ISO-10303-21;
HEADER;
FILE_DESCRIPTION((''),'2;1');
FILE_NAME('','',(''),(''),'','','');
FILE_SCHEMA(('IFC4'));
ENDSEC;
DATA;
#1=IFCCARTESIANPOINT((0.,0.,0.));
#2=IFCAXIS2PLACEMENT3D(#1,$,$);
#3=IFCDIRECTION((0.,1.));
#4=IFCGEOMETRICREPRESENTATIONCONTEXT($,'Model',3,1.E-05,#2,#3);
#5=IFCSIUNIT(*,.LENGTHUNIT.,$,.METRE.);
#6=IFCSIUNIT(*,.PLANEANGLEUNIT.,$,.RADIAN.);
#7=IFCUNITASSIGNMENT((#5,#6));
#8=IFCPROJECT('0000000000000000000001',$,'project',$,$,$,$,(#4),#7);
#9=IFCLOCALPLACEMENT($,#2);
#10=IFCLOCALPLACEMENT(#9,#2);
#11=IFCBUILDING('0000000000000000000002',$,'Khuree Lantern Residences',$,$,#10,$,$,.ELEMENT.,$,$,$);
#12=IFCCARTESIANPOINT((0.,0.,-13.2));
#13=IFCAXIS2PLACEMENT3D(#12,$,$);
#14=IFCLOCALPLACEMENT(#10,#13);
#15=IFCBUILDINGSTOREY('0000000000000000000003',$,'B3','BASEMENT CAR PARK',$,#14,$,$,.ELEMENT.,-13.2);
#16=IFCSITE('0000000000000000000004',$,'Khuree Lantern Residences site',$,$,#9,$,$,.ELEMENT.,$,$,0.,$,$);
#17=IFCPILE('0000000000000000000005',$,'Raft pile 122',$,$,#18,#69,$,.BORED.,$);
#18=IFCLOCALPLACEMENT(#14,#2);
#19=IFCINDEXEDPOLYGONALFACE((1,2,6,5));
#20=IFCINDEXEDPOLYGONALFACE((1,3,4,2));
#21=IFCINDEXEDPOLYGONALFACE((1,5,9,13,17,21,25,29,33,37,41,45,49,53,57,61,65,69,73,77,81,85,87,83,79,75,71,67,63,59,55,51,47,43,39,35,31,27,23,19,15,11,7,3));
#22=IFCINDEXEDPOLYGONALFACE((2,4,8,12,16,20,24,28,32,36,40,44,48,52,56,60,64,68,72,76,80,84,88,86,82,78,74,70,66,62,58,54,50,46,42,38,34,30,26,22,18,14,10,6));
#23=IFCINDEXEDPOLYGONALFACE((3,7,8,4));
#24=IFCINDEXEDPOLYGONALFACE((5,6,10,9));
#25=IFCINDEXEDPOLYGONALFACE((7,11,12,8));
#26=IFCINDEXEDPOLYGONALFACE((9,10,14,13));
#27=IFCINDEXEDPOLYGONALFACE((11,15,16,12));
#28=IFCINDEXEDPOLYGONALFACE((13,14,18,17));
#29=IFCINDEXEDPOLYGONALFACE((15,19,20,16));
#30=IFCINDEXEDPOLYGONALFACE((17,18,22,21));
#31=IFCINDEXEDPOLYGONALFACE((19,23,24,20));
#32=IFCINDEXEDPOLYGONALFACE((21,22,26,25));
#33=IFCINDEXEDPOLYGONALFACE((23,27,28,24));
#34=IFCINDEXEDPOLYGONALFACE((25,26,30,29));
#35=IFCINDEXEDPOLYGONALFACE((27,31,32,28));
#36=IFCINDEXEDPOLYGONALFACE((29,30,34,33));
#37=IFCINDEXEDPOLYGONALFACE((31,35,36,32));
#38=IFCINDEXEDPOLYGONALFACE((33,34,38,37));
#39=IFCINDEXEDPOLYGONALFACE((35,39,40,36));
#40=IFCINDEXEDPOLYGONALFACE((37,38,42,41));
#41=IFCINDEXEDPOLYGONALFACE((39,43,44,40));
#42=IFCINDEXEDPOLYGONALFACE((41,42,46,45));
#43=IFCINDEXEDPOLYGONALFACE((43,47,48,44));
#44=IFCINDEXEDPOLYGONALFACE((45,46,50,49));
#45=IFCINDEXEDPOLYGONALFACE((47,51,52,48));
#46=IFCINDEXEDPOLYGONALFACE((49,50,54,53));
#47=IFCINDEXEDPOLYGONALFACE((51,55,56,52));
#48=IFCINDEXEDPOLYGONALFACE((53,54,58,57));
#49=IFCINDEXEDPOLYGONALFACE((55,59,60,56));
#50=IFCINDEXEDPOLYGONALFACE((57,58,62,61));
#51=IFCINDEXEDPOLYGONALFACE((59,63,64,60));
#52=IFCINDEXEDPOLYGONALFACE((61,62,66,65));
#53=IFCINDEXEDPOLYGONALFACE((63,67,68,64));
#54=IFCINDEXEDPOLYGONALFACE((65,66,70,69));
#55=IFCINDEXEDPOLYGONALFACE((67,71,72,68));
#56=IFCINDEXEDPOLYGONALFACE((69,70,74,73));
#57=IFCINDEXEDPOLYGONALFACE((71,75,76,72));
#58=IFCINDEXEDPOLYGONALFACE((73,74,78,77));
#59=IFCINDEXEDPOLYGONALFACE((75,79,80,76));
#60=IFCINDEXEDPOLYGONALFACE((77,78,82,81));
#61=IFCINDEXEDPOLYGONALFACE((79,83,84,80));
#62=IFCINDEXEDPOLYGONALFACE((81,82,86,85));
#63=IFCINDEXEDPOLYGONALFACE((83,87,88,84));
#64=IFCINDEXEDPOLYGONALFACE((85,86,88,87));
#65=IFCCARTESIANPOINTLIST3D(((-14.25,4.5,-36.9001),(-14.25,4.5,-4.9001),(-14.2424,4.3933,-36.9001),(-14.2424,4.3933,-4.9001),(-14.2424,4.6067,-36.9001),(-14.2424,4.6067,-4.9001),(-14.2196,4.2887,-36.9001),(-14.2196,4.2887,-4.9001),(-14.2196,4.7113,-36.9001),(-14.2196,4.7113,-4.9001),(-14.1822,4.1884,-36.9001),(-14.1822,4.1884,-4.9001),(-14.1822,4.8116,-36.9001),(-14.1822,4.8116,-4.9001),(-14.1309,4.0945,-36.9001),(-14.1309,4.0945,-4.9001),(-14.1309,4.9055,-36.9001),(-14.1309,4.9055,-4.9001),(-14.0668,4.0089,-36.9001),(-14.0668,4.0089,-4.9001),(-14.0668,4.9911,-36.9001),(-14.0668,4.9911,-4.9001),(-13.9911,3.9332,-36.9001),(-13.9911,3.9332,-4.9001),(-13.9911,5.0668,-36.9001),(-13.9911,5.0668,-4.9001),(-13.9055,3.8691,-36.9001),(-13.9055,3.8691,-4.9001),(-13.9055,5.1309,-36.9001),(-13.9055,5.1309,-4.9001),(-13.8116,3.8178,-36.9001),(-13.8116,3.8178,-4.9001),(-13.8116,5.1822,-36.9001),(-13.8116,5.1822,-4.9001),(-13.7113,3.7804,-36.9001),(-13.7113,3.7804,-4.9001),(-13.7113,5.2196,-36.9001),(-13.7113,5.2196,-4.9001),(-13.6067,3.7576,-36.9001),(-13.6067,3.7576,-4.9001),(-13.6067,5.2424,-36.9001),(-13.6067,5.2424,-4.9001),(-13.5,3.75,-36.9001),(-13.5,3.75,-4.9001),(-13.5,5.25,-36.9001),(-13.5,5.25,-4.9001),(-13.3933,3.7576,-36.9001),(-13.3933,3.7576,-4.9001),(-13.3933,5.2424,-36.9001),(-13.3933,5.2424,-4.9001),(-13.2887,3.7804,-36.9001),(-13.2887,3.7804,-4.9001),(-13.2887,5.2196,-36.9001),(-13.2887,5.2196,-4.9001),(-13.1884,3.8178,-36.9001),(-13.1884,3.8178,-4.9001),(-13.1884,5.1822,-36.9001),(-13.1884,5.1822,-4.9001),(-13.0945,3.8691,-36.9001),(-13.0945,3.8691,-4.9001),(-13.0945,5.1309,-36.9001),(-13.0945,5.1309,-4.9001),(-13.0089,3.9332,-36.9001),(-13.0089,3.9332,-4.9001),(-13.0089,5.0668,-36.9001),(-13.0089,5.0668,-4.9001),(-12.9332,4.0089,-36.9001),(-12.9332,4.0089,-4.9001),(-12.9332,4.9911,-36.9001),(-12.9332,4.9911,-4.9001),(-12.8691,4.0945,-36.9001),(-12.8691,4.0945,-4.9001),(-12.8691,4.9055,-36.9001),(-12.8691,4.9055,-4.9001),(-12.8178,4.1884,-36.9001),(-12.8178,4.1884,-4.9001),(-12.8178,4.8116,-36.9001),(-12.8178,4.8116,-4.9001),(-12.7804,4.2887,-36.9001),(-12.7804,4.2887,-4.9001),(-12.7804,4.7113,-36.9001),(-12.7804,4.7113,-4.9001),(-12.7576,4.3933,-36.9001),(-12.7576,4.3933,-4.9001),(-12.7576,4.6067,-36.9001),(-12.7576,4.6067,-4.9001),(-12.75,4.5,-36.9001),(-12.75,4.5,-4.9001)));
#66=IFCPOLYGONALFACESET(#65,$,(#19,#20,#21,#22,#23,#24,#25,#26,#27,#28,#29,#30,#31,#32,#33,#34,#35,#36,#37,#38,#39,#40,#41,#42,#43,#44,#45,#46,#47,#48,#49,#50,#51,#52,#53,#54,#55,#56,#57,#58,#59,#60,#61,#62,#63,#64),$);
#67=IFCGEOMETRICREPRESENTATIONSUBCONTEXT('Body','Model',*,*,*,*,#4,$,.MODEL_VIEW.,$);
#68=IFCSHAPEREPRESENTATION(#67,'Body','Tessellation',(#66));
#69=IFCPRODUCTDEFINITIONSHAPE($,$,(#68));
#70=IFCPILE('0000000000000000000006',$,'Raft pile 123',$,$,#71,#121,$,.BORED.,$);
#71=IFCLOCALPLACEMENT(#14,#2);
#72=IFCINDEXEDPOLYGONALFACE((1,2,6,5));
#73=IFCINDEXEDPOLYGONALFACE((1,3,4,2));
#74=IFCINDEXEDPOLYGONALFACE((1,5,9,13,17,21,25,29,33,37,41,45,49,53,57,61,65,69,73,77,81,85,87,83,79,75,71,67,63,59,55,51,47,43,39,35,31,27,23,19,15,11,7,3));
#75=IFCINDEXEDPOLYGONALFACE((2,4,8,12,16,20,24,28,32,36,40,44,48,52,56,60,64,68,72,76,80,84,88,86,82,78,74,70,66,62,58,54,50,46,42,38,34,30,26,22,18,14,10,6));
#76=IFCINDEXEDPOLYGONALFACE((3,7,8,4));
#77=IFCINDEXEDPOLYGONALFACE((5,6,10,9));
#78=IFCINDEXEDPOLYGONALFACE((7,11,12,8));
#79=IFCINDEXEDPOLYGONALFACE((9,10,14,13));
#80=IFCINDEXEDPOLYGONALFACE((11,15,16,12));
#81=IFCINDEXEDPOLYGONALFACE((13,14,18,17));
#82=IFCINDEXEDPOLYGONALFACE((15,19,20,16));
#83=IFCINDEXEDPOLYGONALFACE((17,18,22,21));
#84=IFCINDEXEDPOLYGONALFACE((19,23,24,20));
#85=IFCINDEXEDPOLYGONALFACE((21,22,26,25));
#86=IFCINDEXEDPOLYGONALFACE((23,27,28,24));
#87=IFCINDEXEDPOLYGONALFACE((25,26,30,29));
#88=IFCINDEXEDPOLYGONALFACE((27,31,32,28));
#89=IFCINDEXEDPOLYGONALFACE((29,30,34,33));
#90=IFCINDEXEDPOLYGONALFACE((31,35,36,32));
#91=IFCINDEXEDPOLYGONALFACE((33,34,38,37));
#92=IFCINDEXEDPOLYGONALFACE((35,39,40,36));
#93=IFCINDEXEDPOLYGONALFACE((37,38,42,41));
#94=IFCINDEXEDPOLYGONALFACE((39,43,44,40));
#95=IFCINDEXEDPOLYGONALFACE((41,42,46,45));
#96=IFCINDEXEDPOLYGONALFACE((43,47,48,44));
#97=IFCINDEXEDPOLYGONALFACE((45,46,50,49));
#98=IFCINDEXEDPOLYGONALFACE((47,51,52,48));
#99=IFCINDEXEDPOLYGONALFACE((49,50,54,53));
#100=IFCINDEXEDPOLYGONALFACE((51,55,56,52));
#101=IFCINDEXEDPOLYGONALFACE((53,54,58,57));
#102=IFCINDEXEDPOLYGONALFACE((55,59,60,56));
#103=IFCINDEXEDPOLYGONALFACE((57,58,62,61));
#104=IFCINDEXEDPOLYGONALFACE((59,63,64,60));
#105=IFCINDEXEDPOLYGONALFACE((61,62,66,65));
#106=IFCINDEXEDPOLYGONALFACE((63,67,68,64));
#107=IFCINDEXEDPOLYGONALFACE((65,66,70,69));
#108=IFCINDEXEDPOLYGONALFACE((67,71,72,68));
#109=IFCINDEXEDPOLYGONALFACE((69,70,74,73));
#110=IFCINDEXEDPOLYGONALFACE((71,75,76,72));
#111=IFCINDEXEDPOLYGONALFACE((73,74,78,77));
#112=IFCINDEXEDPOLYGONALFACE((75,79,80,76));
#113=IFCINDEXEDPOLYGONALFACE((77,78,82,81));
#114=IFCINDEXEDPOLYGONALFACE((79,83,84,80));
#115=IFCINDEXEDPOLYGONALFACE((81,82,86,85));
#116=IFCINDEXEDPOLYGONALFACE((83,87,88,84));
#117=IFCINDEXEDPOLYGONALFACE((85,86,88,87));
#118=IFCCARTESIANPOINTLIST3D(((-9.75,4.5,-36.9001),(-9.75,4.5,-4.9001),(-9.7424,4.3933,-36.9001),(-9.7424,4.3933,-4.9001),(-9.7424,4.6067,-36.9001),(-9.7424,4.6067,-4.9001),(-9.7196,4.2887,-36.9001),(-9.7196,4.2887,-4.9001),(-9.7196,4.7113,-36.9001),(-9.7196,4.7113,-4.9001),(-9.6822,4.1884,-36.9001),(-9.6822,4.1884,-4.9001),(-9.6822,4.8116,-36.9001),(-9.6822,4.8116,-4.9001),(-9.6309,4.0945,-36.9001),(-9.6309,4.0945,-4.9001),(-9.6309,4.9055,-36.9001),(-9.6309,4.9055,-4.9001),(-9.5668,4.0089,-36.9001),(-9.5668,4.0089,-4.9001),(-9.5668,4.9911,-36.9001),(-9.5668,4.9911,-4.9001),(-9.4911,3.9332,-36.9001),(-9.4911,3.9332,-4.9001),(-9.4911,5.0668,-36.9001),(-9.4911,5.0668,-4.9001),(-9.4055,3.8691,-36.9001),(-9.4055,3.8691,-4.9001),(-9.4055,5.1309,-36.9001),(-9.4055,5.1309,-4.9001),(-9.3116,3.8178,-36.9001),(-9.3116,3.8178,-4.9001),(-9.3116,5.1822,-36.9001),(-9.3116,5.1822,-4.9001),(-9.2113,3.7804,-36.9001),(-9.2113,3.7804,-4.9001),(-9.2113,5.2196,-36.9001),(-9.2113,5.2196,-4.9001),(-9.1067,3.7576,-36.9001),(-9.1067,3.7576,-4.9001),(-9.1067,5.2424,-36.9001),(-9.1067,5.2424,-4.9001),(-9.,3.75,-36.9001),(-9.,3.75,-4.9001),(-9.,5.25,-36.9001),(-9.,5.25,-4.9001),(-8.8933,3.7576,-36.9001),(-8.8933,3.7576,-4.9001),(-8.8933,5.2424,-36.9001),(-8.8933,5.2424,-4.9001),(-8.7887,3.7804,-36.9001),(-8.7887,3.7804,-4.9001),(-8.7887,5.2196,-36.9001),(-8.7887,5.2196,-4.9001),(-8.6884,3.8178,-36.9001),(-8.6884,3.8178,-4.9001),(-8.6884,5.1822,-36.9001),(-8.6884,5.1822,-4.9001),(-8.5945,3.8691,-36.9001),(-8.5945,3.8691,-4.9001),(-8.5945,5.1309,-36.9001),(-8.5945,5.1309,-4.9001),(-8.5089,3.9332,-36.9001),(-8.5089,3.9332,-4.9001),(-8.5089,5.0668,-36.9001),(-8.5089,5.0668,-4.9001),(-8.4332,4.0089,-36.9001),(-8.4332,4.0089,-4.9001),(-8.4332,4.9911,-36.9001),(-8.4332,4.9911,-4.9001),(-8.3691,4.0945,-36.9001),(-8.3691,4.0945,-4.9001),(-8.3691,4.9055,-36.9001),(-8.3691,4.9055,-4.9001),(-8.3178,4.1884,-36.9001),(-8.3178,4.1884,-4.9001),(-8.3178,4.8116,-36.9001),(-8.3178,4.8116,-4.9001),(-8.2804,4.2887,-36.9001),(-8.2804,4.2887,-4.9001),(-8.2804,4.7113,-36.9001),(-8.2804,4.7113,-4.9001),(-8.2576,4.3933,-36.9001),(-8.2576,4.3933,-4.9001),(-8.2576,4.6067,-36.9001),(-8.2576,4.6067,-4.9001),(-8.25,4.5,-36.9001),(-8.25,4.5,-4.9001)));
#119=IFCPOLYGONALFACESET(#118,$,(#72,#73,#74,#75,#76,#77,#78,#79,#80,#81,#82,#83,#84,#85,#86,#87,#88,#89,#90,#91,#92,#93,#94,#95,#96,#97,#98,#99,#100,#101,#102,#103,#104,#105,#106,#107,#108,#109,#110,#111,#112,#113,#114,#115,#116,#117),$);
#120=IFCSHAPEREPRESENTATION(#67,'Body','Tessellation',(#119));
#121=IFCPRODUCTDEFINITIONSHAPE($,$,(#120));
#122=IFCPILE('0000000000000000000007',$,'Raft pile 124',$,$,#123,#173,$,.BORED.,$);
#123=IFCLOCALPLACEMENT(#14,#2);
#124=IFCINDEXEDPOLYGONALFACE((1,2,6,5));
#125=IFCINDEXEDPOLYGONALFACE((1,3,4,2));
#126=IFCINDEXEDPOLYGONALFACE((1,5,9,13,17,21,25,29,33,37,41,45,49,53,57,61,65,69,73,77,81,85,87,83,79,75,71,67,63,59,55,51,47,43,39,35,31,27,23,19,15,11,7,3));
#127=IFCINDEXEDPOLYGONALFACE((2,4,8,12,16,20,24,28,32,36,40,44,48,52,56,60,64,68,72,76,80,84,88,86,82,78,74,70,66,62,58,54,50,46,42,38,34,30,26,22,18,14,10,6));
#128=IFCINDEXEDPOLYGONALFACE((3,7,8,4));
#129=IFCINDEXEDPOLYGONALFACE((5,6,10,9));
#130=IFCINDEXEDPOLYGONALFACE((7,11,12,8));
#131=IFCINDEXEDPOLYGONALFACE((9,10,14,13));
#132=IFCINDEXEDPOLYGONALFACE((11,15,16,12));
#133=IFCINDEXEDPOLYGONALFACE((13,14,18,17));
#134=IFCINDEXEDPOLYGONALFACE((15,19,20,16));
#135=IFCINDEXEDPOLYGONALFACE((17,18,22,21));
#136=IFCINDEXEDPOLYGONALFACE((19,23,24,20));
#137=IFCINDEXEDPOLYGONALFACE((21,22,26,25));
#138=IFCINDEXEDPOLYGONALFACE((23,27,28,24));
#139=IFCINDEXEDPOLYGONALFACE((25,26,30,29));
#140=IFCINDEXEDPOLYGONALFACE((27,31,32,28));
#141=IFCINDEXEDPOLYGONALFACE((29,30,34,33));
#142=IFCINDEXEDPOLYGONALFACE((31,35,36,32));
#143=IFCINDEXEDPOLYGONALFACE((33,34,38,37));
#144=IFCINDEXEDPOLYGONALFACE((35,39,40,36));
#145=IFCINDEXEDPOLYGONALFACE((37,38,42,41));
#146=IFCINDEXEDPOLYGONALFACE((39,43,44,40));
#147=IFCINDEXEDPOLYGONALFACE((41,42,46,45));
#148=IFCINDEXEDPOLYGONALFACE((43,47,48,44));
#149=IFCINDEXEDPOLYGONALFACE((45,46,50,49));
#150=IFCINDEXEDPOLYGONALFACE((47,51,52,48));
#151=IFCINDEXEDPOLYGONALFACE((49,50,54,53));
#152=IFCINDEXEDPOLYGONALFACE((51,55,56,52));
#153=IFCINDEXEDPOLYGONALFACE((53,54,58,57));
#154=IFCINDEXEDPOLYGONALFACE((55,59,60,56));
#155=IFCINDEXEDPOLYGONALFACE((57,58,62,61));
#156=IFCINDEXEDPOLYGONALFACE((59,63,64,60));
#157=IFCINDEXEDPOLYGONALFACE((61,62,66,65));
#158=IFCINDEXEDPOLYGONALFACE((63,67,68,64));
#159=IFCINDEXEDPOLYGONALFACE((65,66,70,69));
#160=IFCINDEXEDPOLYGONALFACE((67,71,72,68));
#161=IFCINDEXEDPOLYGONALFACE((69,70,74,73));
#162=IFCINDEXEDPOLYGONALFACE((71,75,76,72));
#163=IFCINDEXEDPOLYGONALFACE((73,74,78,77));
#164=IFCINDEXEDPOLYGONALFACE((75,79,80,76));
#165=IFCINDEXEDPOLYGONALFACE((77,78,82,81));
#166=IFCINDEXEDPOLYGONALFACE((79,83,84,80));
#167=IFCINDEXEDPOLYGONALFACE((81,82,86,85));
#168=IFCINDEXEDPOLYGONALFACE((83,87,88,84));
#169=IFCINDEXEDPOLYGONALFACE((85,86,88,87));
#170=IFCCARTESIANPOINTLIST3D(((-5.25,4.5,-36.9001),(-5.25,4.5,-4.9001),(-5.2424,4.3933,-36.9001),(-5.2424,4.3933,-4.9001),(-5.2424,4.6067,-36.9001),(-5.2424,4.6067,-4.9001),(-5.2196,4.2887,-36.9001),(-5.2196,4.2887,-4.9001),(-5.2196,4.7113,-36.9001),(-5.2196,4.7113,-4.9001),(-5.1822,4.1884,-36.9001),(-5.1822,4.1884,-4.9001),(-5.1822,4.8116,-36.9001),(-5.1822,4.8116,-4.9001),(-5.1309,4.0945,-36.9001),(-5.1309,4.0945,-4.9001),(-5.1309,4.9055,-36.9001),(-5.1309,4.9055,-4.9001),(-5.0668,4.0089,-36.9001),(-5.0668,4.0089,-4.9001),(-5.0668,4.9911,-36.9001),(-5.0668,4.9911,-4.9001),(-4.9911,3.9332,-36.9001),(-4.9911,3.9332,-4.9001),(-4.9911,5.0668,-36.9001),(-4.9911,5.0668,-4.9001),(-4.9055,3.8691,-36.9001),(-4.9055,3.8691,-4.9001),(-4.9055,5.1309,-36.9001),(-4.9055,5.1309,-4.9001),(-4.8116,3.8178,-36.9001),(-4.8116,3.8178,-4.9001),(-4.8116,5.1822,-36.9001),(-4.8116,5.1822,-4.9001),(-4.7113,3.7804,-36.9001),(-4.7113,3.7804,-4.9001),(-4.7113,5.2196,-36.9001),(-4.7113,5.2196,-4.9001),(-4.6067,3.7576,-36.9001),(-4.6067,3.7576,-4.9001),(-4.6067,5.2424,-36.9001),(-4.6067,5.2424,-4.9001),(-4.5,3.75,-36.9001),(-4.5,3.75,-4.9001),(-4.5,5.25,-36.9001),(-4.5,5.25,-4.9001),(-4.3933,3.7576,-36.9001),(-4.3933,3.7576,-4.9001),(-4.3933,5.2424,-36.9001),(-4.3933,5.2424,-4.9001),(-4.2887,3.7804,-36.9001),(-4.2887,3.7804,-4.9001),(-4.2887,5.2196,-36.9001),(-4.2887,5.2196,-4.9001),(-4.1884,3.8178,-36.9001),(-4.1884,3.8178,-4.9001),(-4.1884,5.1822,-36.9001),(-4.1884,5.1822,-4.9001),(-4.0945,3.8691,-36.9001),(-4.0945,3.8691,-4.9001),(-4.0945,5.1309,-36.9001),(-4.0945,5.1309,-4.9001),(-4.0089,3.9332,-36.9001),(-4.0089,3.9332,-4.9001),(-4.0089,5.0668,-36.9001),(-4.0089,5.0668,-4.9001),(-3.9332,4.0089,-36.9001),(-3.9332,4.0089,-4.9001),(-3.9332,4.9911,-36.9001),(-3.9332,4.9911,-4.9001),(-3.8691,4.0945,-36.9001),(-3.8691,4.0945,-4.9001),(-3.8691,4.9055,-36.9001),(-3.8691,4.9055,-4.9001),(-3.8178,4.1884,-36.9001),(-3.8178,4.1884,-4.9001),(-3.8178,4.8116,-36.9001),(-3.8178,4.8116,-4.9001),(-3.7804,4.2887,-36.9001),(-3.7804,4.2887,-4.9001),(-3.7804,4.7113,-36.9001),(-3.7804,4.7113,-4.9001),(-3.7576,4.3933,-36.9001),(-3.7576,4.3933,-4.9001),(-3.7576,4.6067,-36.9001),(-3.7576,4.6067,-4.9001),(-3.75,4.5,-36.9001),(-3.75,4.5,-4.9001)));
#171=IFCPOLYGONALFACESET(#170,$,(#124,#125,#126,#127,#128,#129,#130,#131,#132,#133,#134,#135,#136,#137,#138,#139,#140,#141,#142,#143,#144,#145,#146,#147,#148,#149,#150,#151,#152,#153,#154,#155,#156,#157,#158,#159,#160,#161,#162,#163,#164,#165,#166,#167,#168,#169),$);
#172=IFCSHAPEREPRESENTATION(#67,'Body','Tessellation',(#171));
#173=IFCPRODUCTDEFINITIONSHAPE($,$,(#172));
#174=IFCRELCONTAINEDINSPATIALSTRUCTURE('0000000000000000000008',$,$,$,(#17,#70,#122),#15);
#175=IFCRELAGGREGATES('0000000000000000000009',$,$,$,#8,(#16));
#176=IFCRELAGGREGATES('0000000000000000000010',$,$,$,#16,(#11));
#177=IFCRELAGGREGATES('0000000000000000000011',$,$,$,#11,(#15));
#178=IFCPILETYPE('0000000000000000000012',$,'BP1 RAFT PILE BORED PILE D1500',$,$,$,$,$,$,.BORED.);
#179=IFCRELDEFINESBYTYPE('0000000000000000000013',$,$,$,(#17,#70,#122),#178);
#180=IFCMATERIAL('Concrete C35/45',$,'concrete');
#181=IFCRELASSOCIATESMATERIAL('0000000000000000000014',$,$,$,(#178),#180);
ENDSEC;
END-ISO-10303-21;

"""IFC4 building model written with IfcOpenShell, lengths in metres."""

from ifc_helpers import new_model, si_unit, direction, frame, origin, origin_2d, place, context, subcontext, project, spatial, circle, extrude, material, material_profile, profile_set, type_object, element, save


model = new_model("IFC4")

# Units and contexts
model_context = context("Model", 3, precision=1e-05, world=origin(), true_north=direction((0.0, 1.0)))
body_context = subcontext(model_context, "Body", "Model", "MODEL_VIEW")
ifc_project = project(units=[si_unit("LENGTHUNIT", "METRE"), si_unit("PLANEANGLEUNIT", "RADIAN")], contexts=[model_context])

# Site, building, storey
site_placement = place(None, origin())
site = spatial("IfcSite", under=ifc_project, at=site_placement, Name="Khuree Lantern Residences site", CompositionType="ELEMENT", RefElevation=0.0)
building_placement = place(site_placement, origin())
building = spatial("IfcBuilding", under=site, at=building_placement, Name="Khuree Lantern Residences", CompositionType="ELEMENT")
storey_placement = place(building_placement, frame((0.0, 0.0, -13.2)))
storey = spatial("IfcBuildingStorey", under=building, at=storey_placement, Name="B3", Description="BASEMENT CAR PARK", CompositionType="ELEMENT", Elevation=-13.2)

# Piles
ifc_material_1 = material(Name="Concrete C35/45", Category="concrete")
ifc_material_profile = material_profile(ifc_material_1, circle(Radius=0.75, at=origin_2d()), Name="BORED PILE D1500")
ifc_profile_set = profile_set([ifc_material_profile], Name="Concrete C35/45")
pile_type = type_object("IfcPileType", Name="BP1 RAFT PILE BORED PILE D1500", PredefinedType="BORED", material=ifc_profile_set)
for number, where, z_axis, x_axis, name in (
    (1, (-13.5, 4.5, -4.9001), (0.0, 0.0, -1.0), (1.0, 0.0, 0.0), "Raft pile 122"),
    (2, (-9.0, 4.5, -4.9001), (0.0, 0.0, -1.0), (1.0, 0.0, 0.0), "Raft pile 123"),
    (3, (-4.5, 4.5, -4.9001), (0.0, 0.0, -1.0), (1.0, 0.0, 0.0), "Raft pile 124"),
):
    element("IfcPile", number, at=place(storey_placement, frame(where, z_axis=z_axis, x_axis=x_axis)), inside=storey, type_object=pile_type, Name=name, PredefinedType="BORED", context=body_context, shape_type="SweptSolid", body=[
        extrude(circle(Radius=0.75, at=origin_2d()), origin(), (0.0, 0.0, 1.0), 32.0),
    ])

save(model, "model.ifc")
